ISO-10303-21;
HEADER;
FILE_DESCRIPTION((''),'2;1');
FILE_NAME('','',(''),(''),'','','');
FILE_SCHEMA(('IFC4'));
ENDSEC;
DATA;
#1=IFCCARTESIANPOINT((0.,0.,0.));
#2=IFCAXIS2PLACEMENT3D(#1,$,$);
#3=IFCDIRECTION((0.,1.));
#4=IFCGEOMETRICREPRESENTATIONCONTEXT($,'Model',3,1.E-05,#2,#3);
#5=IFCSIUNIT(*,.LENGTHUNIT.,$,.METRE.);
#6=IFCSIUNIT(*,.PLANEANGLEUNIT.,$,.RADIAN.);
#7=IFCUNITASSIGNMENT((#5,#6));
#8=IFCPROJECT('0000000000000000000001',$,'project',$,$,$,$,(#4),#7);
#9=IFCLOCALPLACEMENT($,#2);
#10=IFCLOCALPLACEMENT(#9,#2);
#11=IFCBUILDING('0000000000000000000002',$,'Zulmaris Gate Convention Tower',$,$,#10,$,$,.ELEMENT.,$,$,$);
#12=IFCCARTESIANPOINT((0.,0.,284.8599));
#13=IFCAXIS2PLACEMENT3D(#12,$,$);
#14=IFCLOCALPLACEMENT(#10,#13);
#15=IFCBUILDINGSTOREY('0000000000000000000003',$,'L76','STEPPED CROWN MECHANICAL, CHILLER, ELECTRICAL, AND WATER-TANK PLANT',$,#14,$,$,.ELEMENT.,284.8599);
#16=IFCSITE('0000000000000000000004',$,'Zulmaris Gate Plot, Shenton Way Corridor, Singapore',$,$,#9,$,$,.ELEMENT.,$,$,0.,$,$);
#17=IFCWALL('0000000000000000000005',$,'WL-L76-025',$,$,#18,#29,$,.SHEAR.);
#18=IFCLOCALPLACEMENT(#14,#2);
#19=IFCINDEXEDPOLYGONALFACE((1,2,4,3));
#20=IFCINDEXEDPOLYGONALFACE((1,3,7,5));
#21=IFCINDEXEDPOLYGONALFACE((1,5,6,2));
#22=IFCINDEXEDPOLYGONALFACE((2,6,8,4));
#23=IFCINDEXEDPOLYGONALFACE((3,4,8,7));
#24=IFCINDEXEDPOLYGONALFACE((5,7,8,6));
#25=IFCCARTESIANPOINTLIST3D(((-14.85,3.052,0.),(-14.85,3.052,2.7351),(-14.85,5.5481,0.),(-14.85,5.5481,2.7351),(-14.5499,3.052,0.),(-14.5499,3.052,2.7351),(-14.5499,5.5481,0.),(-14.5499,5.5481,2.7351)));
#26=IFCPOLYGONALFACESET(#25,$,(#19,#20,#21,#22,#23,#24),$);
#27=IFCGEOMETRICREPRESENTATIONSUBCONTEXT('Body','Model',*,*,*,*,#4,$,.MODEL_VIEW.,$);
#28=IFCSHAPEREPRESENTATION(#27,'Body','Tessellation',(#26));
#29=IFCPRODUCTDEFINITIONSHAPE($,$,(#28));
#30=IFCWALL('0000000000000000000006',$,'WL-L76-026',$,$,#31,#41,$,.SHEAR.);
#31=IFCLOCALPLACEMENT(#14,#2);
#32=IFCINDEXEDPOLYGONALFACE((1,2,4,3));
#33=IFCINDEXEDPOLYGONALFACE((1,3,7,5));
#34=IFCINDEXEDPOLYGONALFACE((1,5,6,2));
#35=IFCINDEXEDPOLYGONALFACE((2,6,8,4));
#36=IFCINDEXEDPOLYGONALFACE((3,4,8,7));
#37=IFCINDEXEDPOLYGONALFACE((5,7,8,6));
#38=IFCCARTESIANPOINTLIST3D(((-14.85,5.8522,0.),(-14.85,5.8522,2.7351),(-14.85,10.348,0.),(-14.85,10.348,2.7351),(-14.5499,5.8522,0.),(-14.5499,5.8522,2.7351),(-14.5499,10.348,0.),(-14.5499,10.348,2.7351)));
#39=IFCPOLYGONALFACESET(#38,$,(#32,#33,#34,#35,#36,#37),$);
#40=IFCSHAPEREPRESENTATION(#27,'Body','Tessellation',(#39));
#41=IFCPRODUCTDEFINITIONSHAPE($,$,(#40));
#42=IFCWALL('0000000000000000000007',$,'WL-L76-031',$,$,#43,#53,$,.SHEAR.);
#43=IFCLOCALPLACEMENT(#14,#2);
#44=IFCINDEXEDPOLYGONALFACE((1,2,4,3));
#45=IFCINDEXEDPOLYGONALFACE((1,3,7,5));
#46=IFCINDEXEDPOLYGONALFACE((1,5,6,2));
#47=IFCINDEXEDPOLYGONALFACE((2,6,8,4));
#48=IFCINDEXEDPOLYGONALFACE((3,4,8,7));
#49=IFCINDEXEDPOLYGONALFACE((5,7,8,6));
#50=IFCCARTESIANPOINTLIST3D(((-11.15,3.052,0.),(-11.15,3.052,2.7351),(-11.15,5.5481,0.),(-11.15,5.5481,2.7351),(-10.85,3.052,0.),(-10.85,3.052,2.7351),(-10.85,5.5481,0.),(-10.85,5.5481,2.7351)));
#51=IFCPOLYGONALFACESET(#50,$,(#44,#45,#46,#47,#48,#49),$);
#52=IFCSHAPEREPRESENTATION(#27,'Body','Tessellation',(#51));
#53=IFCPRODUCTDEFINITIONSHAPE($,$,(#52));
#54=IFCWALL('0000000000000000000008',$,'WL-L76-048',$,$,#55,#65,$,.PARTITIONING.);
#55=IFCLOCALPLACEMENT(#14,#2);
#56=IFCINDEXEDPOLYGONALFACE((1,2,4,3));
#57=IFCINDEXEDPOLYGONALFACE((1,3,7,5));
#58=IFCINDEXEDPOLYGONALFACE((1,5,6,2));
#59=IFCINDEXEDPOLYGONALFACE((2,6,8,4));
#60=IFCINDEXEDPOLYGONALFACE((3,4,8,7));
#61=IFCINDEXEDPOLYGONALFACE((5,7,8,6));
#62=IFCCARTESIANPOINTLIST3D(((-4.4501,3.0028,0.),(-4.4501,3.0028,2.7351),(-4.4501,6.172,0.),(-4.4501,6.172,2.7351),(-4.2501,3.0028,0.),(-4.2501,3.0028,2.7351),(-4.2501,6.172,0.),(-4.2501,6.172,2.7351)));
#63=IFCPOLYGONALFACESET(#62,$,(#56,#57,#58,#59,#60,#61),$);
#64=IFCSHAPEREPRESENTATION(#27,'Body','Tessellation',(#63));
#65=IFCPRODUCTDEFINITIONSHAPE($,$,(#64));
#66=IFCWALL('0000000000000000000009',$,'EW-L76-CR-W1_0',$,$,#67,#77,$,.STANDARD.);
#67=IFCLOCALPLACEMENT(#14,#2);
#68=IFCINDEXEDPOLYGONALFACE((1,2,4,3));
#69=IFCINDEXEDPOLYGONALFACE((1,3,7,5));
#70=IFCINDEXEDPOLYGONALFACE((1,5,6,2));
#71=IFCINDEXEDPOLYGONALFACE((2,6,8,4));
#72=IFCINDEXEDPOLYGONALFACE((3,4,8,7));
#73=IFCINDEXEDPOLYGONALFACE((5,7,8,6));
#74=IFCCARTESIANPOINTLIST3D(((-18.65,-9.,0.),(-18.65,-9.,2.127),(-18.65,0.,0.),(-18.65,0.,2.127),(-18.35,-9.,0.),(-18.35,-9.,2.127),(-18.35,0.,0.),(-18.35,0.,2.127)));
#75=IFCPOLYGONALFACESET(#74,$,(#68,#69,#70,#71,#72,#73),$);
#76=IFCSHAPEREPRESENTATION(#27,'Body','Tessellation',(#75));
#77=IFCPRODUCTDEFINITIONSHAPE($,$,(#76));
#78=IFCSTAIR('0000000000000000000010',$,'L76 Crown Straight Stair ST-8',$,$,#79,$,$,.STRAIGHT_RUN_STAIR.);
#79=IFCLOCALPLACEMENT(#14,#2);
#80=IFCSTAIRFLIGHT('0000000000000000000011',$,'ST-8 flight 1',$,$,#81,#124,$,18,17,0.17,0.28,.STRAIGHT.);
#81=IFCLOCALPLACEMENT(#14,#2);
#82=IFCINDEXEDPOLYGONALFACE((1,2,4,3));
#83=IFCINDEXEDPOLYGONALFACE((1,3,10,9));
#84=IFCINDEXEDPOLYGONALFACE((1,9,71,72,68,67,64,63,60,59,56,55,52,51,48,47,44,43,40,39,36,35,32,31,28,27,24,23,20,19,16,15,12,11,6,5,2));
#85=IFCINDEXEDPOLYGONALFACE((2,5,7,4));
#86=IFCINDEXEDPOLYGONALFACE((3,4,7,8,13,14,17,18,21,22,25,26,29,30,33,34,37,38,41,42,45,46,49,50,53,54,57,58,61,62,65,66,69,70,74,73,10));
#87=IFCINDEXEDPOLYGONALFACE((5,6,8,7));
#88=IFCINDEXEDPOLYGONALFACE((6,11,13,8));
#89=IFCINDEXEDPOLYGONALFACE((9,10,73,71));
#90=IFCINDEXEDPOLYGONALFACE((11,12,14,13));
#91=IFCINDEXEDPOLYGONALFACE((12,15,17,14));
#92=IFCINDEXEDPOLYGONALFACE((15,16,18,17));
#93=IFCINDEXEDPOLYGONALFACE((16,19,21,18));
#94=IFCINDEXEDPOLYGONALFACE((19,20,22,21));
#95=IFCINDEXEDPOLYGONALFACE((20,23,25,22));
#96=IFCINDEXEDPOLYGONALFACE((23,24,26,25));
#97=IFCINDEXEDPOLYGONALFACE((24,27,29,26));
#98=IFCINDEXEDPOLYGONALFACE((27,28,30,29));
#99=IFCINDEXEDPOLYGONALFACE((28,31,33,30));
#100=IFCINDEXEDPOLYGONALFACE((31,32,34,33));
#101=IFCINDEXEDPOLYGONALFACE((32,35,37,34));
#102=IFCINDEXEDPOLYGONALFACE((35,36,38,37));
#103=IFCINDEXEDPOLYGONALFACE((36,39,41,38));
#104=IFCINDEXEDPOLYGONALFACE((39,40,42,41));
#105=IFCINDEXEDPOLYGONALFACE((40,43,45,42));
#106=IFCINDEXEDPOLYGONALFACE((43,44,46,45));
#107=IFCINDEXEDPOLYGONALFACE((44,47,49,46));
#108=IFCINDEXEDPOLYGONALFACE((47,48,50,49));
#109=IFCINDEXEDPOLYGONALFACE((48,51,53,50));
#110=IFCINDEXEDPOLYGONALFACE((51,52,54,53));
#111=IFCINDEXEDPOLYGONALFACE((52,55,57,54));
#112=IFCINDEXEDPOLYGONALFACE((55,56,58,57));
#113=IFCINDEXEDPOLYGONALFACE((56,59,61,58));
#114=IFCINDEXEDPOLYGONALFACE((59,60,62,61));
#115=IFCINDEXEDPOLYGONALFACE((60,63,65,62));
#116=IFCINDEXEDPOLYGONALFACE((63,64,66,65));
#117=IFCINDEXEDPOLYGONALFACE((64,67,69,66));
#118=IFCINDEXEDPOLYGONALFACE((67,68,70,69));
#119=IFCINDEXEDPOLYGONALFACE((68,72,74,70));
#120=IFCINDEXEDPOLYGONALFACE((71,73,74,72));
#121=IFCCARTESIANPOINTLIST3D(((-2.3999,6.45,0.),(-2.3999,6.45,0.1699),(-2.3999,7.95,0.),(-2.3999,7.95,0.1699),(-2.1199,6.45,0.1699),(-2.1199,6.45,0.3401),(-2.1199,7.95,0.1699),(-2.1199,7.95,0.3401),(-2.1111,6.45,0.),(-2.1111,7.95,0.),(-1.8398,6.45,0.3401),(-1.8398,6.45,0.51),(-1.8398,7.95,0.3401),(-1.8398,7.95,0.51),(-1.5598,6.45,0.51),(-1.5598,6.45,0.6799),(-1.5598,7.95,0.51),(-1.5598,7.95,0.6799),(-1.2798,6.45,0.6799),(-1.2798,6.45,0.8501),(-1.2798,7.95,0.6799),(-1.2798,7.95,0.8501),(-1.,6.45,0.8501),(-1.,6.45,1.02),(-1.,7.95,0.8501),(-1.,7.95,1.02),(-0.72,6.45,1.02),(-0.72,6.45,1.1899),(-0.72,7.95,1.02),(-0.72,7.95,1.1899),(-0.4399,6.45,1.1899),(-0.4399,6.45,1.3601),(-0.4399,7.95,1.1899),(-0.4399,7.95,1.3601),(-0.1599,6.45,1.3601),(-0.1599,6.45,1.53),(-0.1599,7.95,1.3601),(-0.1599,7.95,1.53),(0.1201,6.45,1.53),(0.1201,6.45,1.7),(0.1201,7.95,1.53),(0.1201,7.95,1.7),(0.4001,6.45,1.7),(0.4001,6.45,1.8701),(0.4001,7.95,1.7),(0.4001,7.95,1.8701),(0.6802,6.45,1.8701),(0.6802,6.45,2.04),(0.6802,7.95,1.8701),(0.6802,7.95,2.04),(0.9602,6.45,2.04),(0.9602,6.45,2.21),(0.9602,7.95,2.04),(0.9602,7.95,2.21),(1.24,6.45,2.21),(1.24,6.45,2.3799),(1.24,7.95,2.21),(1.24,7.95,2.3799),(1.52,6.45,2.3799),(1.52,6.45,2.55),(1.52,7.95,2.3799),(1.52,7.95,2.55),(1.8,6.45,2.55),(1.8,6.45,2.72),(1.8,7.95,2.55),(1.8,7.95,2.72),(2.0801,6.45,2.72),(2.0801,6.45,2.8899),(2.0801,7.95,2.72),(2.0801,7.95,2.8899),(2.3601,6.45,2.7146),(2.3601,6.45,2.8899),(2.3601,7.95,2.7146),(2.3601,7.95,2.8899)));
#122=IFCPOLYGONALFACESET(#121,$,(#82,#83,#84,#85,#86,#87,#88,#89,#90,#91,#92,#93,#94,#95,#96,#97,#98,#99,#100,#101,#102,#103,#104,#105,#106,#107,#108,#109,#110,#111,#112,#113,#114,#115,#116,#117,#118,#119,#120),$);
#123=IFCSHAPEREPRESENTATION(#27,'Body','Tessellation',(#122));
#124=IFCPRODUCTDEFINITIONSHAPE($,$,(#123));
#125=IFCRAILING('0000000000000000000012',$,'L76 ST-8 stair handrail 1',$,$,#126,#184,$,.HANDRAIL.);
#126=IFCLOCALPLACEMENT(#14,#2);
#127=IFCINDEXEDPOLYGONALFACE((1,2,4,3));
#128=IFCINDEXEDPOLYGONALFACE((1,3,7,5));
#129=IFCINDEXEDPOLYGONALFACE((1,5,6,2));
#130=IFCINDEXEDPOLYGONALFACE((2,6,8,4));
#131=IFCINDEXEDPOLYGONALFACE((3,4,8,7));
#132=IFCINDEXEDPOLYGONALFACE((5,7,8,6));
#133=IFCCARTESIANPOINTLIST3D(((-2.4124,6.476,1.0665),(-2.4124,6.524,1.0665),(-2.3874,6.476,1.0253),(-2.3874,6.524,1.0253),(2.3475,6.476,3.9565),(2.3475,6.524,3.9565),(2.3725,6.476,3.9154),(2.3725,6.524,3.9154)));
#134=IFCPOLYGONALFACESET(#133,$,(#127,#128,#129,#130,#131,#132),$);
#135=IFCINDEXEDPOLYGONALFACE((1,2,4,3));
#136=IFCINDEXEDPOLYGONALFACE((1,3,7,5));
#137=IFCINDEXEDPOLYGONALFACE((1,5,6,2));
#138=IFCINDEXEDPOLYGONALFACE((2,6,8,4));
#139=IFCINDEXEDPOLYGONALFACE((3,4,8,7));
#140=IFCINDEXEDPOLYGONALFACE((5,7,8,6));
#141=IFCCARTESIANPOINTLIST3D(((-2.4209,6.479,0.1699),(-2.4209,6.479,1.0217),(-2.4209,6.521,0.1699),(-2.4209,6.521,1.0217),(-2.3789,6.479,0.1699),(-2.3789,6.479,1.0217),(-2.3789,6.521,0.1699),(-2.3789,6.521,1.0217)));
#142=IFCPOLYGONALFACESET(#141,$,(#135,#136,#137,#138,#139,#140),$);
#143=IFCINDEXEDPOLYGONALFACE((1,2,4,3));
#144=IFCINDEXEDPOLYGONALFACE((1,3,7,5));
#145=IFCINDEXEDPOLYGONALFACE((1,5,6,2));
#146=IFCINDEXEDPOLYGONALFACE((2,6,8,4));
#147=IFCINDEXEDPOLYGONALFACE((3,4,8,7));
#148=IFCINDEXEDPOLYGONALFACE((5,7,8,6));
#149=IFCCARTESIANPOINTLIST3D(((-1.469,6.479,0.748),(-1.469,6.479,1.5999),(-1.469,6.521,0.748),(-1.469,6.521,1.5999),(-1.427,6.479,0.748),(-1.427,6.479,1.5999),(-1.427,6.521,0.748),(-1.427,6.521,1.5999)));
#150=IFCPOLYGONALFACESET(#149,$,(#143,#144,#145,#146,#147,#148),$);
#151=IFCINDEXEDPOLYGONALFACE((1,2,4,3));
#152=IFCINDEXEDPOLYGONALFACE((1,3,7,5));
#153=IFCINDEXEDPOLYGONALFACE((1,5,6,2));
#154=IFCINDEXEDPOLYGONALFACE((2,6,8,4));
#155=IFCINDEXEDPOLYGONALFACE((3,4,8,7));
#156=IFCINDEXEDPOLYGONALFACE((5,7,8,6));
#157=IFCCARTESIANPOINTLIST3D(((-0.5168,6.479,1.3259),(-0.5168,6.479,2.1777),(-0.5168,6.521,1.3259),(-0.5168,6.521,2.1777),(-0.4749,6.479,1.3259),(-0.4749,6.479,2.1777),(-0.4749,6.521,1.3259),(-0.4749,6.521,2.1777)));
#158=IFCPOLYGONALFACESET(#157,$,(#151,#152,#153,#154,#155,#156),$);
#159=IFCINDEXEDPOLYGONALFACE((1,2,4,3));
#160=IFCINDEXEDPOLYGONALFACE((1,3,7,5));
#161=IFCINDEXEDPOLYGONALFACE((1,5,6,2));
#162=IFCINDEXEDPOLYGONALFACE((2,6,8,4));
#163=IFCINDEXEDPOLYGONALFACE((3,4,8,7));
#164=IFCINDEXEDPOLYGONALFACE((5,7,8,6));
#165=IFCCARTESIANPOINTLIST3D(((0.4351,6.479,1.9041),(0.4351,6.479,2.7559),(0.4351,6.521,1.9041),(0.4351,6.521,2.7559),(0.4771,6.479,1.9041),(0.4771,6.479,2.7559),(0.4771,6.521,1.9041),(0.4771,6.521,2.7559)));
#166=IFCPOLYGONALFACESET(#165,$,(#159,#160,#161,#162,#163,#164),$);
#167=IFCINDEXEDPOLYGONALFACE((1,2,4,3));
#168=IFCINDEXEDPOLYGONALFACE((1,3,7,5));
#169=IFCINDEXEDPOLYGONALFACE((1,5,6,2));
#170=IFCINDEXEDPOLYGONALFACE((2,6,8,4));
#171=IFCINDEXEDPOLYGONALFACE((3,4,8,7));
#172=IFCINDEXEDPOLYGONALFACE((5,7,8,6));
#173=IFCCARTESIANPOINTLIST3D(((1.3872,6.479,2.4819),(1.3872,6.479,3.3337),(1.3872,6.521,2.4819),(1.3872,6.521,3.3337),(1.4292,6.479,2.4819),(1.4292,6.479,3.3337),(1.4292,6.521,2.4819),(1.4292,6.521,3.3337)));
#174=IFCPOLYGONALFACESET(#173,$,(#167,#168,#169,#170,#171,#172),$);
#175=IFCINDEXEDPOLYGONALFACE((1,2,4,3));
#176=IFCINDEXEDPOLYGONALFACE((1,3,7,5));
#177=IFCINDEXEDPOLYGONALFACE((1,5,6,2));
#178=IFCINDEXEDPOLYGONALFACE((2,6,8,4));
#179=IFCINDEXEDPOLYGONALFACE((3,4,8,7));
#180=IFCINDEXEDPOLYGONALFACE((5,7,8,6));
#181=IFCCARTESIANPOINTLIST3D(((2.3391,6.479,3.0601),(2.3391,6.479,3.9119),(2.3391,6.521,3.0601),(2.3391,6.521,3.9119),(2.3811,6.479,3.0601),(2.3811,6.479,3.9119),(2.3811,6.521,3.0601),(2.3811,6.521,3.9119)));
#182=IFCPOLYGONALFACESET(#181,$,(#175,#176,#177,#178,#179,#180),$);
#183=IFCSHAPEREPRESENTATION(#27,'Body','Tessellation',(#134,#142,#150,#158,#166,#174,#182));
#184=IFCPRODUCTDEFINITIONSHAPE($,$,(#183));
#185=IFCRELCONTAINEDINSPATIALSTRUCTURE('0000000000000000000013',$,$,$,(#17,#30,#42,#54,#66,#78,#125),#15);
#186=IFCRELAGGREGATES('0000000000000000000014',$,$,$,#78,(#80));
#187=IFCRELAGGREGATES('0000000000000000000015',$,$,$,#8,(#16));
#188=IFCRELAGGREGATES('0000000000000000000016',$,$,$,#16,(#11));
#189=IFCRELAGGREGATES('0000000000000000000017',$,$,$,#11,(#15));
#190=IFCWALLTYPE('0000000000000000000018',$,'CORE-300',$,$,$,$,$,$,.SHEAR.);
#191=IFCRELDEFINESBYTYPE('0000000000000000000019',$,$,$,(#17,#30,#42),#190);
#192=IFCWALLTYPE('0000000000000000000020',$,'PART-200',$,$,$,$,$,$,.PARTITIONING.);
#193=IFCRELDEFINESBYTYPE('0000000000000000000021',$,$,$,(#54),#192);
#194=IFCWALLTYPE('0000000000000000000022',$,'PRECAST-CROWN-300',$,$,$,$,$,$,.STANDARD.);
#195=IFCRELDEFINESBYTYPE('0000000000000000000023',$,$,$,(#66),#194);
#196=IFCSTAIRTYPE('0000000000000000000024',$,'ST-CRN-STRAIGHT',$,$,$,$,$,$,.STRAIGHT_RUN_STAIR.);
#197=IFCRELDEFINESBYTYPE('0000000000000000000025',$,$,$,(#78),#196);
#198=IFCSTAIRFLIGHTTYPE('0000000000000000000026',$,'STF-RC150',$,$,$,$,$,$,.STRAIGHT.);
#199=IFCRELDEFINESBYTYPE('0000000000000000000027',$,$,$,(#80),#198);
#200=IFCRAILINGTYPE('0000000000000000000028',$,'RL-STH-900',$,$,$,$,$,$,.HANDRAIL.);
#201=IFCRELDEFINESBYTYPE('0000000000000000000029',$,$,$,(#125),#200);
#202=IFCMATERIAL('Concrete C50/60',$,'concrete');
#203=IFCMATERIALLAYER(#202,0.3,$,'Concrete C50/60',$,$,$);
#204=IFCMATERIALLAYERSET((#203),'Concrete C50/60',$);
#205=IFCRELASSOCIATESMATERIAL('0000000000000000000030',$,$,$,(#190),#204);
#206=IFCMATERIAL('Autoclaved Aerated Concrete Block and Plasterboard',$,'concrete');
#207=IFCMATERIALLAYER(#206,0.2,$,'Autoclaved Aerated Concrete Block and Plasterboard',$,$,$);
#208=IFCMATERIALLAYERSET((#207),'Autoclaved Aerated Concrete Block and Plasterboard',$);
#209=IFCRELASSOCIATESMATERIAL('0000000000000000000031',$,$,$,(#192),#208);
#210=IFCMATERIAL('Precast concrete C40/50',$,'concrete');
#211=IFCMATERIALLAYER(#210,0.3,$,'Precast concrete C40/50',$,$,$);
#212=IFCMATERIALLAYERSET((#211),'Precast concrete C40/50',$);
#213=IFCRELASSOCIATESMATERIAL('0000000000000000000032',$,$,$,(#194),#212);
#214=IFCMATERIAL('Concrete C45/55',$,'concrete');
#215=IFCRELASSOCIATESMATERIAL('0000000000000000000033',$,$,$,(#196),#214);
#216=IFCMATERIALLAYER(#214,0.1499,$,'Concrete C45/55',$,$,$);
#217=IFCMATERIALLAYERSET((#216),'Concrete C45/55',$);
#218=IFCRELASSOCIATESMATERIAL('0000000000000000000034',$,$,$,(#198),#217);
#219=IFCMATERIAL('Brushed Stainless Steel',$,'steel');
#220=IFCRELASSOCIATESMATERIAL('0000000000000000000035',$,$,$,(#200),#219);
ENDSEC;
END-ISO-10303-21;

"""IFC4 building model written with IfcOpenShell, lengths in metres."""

from ifc_helpers import new_model, si_unit, direction, frame, frame_2d, origin, origin_2d, place, context, subcontext, project, spatial, polyline, rectangle, outline, extrude, material, layer, layer_set, type_object, element, aggregate, save


model = new_model("IFC4")

# Units and contexts
model_context = context("Model", 3, precision=1e-05, world=origin(), true_north=direction((0.0, 1.0)))
body_context = subcontext(model_context, "Body", "Model", "MODEL_VIEW")
ifc_project = project(units=[si_unit("LENGTHUNIT", "METRE"), si_unit("PLANEANGLEUNIT", "RADIAN")], contexts=[model_context])

# Site, building, storey
site_placement = place(None, origin())
site = spatial("IfcSite", under=ifc_project, at=site_placement, Name="Zulmaris Gate Plot, Shenton Way Corridor, Singapore", CompositionType="ELEMENT", RefElevation=0.0)
building_placement = place(site_placement, origin())
building = spatial("IfcBuilding", under=site, at=building_placement, Name="Zulmaris Gate Convention Tower", CompositionType="ELEMENT")
storey_placement = place(building_placement, frame((0.0, 0.0, 284.8599)))
storey = spatial("IfcBuildingStorey", under=building, at=storey_placement, Name="L76", Description="STEPPED CROWN MECHANICAL, CHILLER, ELECTRICAL, AND WATER-TANK PLANT", CompositionType="ELEMENT", Elevation=284.8599)

# Shared definitions
ifc_material_1 = material(Name="Concrete C45/55", Category="concrete")

# Shared definitions
ifc_material_2 = material(Name="Concrete C50/60", Category="concrete")

# Shared definitions
ifc_layer_1 = layer(ifc_material_2, 0.3, Name="Concrete C50/60")
ifc_layer_set_1 = layer_set([ifc_layer_1], Name="Concrete C50/60")
wall_type_1 = type_object("IfcWallType", Name="CORE-300", PredefinedType="SHEAR", material=ifc_layer_set_1)
ifc_material_3 = material(Name="Brushed Stainless Steel", Category="steel")

# Walls
wall_1_placement = place(storey_placement, frame((-14.7, 3.052, 0.0), z_axis=(0.0, 0.0, 1.0), x_axis=(0.0, 1.0, 0.0)))
element("IfcWall", 1, at=wall_1_placement, inside=storey, type_object=wall_type_1, Name="WL-L76-025", PredefinedType="SHEAR", context=body_context, shape_type="SweptSolid", body=[
    extrude(rectangle(XDim=2.4961, YDim=0.3, at=frame_2d((1.248, 0.0))), origin(), (0.0, 0.0, 1.0), 2.7351),
])
wall_2_placement = place(storey_placement, frame((-14.7, 5.8521, 0.0), z_axis=(0.0, 0.0, 1.0), x_axis=(0.0, 1.0, 0.0)))
element("IfcWall", 2, at=wall_2_placement, inside=storey, type_object=wall_type_1, Name="WL-L76-026", PredefinedType="SHEAR", context=body_context, shape_type="SweptSolid", body=[
    extrude(rectangle(XDim=4.4958, YDim=0.3, at=frame_2d((2.248, 0.0))), origin(), (0.0, 0.0, 1.0), 2.7351),
])

# Wall
wall_3_placement = place(storey_placement, frame((-11.0, 3.052, 0.0), z_axis=(0.0, 0.0, 1.0), x_axis=(0.0, 1.0, 0.0)))
element("IfcWall", 3, at=wall_3_placement, inside=storey, type_object=wall_type_1, Name="WL-L76-031", PredefinedType="SHEAR", context=body_context, shape_type="SweptSolid", body=[
    extrude(rectangle(XDim=2.4961, YDim=0.3, at=frame_2d((1.248, 0.0))), origin(), (0.0, 0.0, 1.0), 2.7351),
])

# Shared definitions
ifc_material_4 = material(Name="Autoclaved Aerated Concrete Block and Plasterboard", Category="concrete")
ifc_layer_2 = layer(ifc_material_4, 0.2, Name="Autoclaved Aerated Concrete Block and Plasterboard")
ifc_layer_set_2 = layer_set([ifc_layer_2], Name="Autoclaved Aerated Concrete Block and Plasterboard")
wall_type_2 = type_object("IfcWallType", Name="PART-200", PredefinedType="PARTITIONING", material=ifc_layer_set_2)

# Walls
wall_4_placement = place(storey_placement, frame((-4.3501, 3.0029, 0.0), z_axis=(0.0, 0.0, 1.0), x_axis=(0.0, 1.0, 0.0)))
element("IfcWall", 4, at=wall_4_placement, inside=storey, type_object=wall_type_2, Name="WL-L76-048", PredefinedType="PARTITIONING", context=body_context, shape_type="SweptSolid", body=[
    extrude(rectangle(XDim=3.1692, YDim=0.2, at=frame_2d((1.5845, 0.0))), origin(), (0.0, 0.0, 1.0), 2.7351),
])
ifc_material_5 = material(Name="Precast concrete C40/50", Category="concrete")
ifc_layer_3 = layer(ifc_material_5, 0.3, Name="Precast concrete C40/50")
ifc_layer_set_3 = layer_set([ifc_layer_3], Name="Precast concrete C40/50")
wall_type_3 = type_object("IfcWallType", Name="PRECAST-CROWN-300", PredefinedType="STANDARD", material=ifc_layer_set_3)
wall_5_placement = place(storey_placement, frame((-18.5, 0.0, 0.0), z_axis=(0.0, 0.0, 1.0), x_axis=(0.0, -1.0, 0.0)))
element("IfcWall", 5, at=wall_5_placement, inside=storey, type_object=wall_type_3, Name="EW-L76-CR-W1_0", PredefinedType="STANDARD", context=body_context, shape_type="SweptSolid", body=[
    extrude(rectangle(XDim=9.0, YDim=0.3, at=frame_2d((4.5, 0.0))), origin(), (0.0, 0.0, 1.0), 2.127),
])

# Stair, stair flight
stair_type_1 = type_object("IfcStairType", Name="ST-CRN-STRAIGHT", PredefinedType="STRAIGHT_RUN_STAIR", material=ifc_material_1)
stair_1_placement = place(storey_placement, origin())
stair_1 = element("IfcStair", 6, at=stair_1_placement, inside=storey, type_object=stair_type_1, Name="L76 Crown Straight Stair ST-8", PredefinedType="STRAIGHT_RUN_STAIR")
ifc_layer_4 = layer(ifc_material_1, 0.1499, Name="Concrete C45/55")
ifc_layer_set_4 = layer_set([ifc_layer_4], Name="Concrete C45/55")
stair_flight_type = type_object("IfcStairFlightType", Name="STF-RC150", PredefinedType="STRAIGHT", material=ifc_layer_set_4)
stair_flight_placement = place(storey_placement, frame((-2.3999, 7.2, 0.0), z_axis=(0.0, 0.0, 1.0), x_axis=(1.0, 0.0, 0.0)))
stair_flight = element("IfcStairFlight", 7, at=stair_flight_placement, type_object=stair_flight_type, Name="ST-8 flight 1", NumberOfRisers=18, NumberOfTreads=17, PredefinedType="STRAIGHT", RiserHeight=0.17, TreadLength=0.28, context=body_context, shape_type="SweptSolid", body=[
    extrude(outline(polyline([(0.0, 0.0), (0.0, 0.1699), (0.28, 0.1699), (0.28, 0.3401), (0.5601, 0.3401), (0.5601, 0.51), (0.8401, 0.51), (0.8401, 0.6799), (1.1201, 0.6799), (1.1201, 0.8501), (1.3999, 0.8501), (1.3999, 1.02), (1.6799, 1.02), (1.6799, 1.1899), (1.96, 1.1899), (1.96, 1.3601), (2.24, 1.3601), (2.24, 1.53), (2.52, 1.53), (2.52, 1.7), (2.8, 1.7), (2.8, 1.8701), (3.0801, 1.8701), (3.0801, 2.04), (3.3601, 2.04), (3.3601, 2.21), (3.6399, 2.21), (3.6399, 2.3799), (3.9199, 2.3799), (3.9199, 2.55), (4.2, 2.55), (4.2, 2.72), (4.48, 2.72), (4.48, 2.8899), (4.76, 2.8899), (4.76, 3.0601), (4.76, 2.7146), (0.2888, 0.0), (0.0, 0.0)])), frame((0.0, 0.75, 0.0), z_axis=(0.0, -1.0, 0.0), x_axis=(1.0, 0.0, 0.0)), (0.0, 0.0, 1.0), 1.5),
])
aggregate(stair_1, [stair_flight])

# Railing
railing_type = type_object("IfcRailingType", Name="RL-STH-900", PredefinedType="HANDRAIL", material=ifc_material_3)
railing_placement = place(storey_placement, frame((-2.3999, 6.5, 0.1699)))
element("IfcRailing", 8, at=railing_placement, inside=storey, type_object=railing_type, Name="L76 ST-8 stair handrail 1", PredefinedType="HANDRAIL", context=body_context, shape_type="SweptSolid", body=[
    extrude(rectangle(XDim=0.0481, YDim=0.0481, at=origin_2d()), frame((0.0, 0.0, 0.876), z_axis=(0.854777, 0.0, 0.518995), x_axis=(0.0, 1.0, 0.0)), (0.0, 0.0, 1.0), 5.5686),
    extrude(rectangle(XDim=0.042, YDim=0.042, at=origin_2d()), origin(), (0.0, 0.0, 1.0), 0.8518),
    extrude(rectangle(XDim=0.042, YDim=0.042, at=origin_2d()), frame((0.9519, 0.0, 0.5781)), (0.0, 0.0, 1.0), 0.8518),
    extrude(rectangle(XDim=0.042, YDim=0.042, at=origin_2d()), frame((1.9041, 0.0, 1.156)), (0.0, 0.0, 1.0), 0.8518),
    extrude(rectangle(XDim=0.042, YDim=0.042, at=origin_2d()), frame((2.856, 0.0, 1.7341)), (0.0, 0.0, 1.0), 0.8518),
    extrude(rectangle(XDim=0.042, YDim=0.042, at=origin_2d()), frame((3.8081, 0.0, 2.312)), (0.0, 0.0, 1.0), 0.8518),
    extrude(rectangle(XDim=0.042, YDim=0.042, at=origin_2d()), frame((4.76, 0.0, 2.8901)), (0.0, 0.0, 1.0), 0.8518),
])

save(model, "model.ifc")
